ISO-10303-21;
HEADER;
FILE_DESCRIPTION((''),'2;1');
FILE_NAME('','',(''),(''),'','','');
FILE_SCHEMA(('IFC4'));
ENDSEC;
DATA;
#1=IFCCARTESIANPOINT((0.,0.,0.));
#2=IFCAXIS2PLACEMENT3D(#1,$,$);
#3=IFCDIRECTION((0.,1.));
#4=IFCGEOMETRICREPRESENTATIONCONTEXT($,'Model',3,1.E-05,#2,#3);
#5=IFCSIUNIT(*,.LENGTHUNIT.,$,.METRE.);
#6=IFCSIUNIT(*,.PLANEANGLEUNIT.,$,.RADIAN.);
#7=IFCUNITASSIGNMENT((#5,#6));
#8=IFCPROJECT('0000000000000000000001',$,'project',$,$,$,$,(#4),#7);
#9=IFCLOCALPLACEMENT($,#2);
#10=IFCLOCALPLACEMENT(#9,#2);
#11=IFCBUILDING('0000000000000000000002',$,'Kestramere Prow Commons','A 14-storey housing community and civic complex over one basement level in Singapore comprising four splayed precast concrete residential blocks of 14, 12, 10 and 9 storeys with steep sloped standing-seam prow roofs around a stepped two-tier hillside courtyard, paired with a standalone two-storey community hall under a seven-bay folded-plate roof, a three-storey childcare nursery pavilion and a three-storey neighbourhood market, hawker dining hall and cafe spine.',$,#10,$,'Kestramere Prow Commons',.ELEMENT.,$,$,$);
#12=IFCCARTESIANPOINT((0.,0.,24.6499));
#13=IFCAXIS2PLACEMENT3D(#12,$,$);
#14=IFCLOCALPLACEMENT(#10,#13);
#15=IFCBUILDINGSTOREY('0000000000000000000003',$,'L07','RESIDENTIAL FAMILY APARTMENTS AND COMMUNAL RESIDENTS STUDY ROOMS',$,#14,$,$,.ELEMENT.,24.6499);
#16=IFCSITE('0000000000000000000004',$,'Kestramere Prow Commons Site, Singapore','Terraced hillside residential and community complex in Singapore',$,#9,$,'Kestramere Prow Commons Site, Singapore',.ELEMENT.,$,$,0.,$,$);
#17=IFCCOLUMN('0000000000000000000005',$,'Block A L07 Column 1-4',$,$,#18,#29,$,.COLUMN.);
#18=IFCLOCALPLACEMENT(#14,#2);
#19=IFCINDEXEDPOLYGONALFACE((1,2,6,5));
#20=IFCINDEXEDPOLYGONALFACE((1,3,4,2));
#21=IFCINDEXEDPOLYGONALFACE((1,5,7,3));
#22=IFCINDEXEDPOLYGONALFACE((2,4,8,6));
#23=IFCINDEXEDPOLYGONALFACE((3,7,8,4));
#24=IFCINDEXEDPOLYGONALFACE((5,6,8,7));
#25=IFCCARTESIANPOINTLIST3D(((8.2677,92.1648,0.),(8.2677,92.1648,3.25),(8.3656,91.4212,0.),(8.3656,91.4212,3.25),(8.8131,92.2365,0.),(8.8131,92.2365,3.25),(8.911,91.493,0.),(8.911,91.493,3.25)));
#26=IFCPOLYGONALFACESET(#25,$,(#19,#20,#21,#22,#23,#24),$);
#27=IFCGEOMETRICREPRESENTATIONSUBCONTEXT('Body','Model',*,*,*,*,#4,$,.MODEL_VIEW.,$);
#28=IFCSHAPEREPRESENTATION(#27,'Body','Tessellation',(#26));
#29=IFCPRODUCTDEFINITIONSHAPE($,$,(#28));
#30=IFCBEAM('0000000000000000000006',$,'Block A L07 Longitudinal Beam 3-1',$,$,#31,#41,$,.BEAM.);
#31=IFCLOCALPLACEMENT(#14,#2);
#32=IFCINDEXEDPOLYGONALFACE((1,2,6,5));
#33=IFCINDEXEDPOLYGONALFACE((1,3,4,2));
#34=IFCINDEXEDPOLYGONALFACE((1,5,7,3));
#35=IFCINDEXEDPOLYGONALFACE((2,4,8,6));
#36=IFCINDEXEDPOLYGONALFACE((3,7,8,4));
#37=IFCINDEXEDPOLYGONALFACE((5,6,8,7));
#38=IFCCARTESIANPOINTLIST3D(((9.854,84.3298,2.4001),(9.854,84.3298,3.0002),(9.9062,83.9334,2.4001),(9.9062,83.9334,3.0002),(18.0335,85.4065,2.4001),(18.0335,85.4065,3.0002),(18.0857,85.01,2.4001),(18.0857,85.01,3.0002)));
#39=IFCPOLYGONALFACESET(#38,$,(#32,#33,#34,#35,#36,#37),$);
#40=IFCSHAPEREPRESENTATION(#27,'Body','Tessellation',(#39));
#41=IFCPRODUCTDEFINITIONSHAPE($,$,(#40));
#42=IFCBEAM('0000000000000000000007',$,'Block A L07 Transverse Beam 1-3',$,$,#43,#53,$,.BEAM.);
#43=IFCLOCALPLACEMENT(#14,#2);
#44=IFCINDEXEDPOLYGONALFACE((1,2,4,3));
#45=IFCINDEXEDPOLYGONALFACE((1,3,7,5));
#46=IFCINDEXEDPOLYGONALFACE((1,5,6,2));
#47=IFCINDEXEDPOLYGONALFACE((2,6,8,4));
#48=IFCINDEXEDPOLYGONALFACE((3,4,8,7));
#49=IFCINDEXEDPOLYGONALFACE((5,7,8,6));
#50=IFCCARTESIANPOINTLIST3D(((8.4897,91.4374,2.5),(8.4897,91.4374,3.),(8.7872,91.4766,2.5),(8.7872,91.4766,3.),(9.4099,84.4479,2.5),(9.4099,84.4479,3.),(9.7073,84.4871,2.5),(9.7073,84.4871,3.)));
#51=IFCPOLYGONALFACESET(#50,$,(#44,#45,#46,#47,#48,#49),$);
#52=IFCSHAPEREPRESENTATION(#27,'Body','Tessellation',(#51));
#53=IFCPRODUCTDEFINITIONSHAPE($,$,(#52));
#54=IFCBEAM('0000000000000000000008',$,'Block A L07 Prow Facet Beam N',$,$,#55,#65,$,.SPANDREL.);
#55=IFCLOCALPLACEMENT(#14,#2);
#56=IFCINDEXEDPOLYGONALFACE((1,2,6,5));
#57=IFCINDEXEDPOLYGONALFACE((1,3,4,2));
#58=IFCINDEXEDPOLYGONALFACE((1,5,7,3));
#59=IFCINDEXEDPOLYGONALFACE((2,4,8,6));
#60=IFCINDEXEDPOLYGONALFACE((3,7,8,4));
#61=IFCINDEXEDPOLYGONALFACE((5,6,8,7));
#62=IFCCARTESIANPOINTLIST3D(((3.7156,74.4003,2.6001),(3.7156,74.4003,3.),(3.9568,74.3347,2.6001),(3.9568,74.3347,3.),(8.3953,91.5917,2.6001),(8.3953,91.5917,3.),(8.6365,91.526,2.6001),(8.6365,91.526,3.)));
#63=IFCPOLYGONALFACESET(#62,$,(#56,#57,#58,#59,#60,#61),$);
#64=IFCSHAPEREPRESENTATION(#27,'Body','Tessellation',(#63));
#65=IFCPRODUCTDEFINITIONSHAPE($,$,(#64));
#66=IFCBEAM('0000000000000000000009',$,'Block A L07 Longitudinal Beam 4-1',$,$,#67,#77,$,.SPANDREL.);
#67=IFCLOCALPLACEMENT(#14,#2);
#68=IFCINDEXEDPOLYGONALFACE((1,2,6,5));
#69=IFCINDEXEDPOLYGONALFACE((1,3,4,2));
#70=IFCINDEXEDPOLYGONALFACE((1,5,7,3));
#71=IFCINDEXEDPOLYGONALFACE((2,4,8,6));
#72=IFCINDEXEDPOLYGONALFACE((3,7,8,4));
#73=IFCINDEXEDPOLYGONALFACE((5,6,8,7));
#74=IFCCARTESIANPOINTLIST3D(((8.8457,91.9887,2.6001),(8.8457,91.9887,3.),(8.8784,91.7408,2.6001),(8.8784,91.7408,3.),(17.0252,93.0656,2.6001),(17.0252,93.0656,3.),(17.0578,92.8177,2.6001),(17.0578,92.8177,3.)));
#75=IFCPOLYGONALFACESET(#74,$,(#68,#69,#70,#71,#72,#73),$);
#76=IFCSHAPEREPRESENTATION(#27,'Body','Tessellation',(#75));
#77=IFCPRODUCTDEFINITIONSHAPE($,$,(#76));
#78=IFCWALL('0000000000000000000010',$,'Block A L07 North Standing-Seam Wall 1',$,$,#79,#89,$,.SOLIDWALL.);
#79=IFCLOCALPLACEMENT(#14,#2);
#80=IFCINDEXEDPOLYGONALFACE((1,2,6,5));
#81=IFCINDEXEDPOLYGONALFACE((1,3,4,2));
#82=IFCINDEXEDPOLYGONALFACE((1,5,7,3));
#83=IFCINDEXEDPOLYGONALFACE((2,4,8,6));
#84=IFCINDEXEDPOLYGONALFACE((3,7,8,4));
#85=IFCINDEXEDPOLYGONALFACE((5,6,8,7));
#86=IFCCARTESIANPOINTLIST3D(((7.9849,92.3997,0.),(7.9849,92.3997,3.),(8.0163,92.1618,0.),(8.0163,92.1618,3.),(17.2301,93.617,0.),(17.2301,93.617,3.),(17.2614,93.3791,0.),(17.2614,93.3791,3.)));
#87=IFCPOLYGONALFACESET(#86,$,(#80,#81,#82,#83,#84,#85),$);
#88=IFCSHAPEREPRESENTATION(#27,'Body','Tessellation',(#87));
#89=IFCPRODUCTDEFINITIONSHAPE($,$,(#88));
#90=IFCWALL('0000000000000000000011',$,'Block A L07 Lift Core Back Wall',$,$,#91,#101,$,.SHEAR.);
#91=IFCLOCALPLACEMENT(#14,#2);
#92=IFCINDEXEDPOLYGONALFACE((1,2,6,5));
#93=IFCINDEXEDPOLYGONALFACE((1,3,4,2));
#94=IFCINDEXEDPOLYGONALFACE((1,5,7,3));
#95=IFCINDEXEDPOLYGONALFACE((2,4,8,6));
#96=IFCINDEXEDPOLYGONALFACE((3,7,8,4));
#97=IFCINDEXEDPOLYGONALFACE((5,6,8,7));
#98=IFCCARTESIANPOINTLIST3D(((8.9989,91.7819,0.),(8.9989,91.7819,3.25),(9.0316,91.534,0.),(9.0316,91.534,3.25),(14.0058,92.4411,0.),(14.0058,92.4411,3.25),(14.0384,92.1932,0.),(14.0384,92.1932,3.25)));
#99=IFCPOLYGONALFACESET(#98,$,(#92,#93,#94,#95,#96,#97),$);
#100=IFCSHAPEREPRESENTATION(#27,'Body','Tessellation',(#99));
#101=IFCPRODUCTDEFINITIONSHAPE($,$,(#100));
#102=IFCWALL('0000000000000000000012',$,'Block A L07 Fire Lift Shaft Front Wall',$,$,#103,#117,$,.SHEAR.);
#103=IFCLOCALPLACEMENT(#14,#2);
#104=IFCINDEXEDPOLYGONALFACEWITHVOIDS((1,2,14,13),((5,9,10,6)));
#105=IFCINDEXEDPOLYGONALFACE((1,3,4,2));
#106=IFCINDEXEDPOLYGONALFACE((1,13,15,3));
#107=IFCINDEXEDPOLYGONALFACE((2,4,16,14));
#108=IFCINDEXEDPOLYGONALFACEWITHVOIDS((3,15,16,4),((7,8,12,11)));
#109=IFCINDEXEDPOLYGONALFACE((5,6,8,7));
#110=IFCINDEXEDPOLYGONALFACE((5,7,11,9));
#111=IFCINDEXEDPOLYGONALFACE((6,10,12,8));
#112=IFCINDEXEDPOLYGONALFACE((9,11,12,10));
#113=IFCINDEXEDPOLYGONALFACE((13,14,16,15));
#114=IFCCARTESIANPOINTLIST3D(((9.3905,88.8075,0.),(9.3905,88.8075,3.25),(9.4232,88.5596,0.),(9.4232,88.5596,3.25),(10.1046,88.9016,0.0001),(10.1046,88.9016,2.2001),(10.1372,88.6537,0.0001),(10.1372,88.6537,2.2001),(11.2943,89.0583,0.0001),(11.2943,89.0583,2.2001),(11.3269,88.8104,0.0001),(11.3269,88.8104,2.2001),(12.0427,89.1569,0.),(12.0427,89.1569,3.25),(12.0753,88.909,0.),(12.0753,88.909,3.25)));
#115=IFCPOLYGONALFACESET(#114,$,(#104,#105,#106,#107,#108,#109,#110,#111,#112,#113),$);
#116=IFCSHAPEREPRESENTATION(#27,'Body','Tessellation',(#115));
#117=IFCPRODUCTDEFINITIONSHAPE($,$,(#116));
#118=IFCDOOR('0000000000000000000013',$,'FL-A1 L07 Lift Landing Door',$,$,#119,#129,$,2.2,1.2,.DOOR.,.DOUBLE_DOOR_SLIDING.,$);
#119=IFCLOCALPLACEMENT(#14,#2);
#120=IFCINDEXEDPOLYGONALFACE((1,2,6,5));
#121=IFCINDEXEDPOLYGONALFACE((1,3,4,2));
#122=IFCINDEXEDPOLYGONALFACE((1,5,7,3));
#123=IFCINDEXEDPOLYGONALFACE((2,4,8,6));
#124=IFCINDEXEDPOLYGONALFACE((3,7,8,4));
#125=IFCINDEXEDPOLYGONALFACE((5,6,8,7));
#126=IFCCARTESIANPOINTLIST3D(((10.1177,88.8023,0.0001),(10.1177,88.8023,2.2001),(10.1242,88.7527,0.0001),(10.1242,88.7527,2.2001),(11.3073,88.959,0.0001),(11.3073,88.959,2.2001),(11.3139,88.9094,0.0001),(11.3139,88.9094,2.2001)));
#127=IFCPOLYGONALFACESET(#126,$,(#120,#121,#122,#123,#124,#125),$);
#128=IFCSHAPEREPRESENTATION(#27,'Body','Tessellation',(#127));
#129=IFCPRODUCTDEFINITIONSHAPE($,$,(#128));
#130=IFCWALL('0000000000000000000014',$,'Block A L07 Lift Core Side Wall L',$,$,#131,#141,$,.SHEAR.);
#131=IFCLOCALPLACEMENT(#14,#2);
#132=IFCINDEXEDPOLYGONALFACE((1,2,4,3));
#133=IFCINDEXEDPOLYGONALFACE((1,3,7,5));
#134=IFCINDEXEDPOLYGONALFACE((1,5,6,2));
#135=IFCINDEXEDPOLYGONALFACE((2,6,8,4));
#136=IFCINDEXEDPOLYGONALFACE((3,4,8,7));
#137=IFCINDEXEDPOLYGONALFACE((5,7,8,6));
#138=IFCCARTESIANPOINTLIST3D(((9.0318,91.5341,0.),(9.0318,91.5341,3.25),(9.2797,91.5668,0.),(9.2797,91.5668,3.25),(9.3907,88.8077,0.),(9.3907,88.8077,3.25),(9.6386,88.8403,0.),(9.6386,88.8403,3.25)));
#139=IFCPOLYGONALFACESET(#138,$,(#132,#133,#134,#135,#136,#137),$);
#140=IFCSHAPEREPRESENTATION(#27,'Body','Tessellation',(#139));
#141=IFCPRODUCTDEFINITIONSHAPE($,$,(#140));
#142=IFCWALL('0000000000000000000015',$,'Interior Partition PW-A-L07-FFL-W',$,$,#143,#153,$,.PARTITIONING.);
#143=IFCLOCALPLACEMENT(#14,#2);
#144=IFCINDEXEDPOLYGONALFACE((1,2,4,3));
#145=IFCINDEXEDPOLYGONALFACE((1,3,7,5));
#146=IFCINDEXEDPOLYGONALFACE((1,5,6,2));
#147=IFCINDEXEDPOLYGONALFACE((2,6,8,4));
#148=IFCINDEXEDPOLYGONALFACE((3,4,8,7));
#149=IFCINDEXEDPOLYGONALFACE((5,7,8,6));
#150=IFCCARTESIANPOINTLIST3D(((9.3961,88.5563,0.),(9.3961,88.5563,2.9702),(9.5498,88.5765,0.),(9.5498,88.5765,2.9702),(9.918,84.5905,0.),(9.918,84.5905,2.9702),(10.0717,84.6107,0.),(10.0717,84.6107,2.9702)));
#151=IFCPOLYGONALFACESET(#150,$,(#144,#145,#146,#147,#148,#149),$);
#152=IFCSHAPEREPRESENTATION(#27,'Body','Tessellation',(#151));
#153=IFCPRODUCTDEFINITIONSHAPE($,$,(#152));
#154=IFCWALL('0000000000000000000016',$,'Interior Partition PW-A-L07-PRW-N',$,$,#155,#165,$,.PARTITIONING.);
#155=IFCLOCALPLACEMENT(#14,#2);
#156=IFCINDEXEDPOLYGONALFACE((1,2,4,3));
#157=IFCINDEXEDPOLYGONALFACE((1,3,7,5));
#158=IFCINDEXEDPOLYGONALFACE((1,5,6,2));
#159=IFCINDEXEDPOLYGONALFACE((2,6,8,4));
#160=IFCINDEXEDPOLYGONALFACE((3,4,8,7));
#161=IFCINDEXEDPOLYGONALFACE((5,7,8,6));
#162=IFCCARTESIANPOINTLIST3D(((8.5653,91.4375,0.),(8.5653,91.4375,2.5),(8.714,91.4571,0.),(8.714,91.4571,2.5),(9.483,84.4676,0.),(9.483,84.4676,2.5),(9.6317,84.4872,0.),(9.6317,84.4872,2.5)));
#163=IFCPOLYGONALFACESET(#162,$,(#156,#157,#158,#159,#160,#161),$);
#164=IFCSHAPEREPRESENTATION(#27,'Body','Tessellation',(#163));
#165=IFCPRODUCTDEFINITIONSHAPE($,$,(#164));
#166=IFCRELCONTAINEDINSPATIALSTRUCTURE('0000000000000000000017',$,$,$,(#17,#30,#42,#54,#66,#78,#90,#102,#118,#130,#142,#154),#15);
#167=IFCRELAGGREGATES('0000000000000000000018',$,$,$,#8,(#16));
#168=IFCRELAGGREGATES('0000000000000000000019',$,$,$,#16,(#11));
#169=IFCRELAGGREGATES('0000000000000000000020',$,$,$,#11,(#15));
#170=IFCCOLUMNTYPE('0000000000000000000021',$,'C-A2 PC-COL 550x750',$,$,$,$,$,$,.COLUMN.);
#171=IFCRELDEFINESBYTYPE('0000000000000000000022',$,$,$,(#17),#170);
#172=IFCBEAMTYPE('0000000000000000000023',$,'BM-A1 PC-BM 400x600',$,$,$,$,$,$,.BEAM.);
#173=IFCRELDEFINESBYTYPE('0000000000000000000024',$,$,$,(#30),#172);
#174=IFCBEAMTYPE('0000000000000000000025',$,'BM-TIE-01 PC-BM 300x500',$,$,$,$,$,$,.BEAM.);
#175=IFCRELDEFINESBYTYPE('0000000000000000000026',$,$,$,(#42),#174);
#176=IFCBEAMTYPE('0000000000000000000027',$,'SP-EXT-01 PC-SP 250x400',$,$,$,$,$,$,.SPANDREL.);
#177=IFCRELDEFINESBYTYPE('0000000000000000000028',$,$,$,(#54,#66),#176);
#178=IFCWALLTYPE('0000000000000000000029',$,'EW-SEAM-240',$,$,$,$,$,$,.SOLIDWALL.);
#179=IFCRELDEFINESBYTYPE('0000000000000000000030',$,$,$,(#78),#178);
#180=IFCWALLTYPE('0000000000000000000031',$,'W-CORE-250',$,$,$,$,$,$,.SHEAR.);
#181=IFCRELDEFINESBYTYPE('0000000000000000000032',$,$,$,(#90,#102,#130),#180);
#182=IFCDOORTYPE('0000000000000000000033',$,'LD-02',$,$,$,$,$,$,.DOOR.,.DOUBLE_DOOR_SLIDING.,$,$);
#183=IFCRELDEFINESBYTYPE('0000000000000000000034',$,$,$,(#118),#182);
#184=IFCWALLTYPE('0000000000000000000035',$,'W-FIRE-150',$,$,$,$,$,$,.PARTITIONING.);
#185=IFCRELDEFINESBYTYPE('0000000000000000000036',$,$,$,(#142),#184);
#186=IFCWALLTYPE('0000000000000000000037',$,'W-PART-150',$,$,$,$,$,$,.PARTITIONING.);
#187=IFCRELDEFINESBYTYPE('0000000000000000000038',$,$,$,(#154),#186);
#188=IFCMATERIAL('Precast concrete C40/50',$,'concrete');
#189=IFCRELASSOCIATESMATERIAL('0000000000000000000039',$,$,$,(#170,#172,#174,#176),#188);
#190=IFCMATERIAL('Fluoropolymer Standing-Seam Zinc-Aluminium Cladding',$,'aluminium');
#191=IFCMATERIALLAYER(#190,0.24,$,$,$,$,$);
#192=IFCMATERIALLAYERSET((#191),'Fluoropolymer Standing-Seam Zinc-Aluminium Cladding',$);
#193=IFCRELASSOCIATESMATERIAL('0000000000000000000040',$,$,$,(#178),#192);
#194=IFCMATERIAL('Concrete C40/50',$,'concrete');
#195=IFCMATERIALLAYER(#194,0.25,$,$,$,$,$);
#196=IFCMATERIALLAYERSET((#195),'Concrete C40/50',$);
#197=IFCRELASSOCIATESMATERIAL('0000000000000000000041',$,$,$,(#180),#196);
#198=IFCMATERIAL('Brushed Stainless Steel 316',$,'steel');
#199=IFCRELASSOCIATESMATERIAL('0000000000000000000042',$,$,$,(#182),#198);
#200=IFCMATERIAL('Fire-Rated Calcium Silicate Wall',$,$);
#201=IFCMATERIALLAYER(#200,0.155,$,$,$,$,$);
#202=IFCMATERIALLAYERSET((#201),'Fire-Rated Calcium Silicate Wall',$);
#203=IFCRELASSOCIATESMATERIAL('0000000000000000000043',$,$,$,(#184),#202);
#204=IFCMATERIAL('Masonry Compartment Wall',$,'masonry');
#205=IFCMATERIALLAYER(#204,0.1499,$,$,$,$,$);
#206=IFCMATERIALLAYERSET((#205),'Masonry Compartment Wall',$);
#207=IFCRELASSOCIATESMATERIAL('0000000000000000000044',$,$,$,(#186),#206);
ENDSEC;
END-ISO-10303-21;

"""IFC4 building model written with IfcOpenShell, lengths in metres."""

from ifc_helpers import new_model, si_unit, direction, frame, frame_2d, origin, origin_2d, place, context, subcontext, project, spatial, rectangle, extrude, material, layer, layer_set, material_profile, profile_set, type_object, element, fill, save


model = new_model("IFC4")

# Units and contexts
model_context = context("Model", 3, precision=1e-05, world=origin(), true_north=direction((0.0, 1.0)))
body_context = subcontext(model_context, "Body", "Model", "MODEL_VIEW")
ifc_project = project(units=[si_unit("LENGTHUNIT", "METRE"), si_unit("PLANEANGLEUNIT", "RADIAN")], contexts=[model_context])

# Site, building, storey
site_placement = place(None, origin())
site = spatial("IfcSite", under=ifc_project, at=site_placement, Name="Kestramere Prow Commons Site, Singapore", Description="Terraced hillside residential and community complex in Singapore", LongName="Kestramere Prow Commons Site, Singapore", CompositionType="ELEMENT", RefElevation=0.0)
building_placement = place(site_placement, origin())
building = spatial("IfcBuilding", under=site, at=building_placement, Name="Kestramere Prow Commons", Description="A 14-storey housing community and civic complex over one basement level in Singapore comprising four splayed precast concrete residential blocks of 14, 12, 10 and 9 storeys with steep sloped standing-seam prow roofs around a stepped two-tier hillside courtyard, paired with a standalone two-storey community hall under a seven-bay folded-plate roof, a three-storey childcare nursery pavilion and a three-storey neighbourhood market, hawker dining hall and cafe spine.", LongName="Kestramere Prow Commons", CompositionType="ELEMENT")
storey_placement = place(building_placement, frame((0.0, 0.0, 24.6499)))
storey = spatial("IfcBuildingStorey", under=building, at=storey_placement, Name="L07", Description="RESIDENTIAL FAMILY APARTMENTS AND COMMUNAL RESIDENTS STUDY ROOMS", CompositionType="ELEMENT", Elevation=24.6499)

# Column
ifc_material_1 = material(Name="Precast concrete C40/50", Category="concrete")
ifc_material_profile_1 = material_profile(ifc_material_1, rectangle(XDim=0.55, YDim=0.75, at=origin_2d()), Name="PC-COL 550x750")
ifc_profile_set_1 = profile_set([ifc_material_profile_1], Name="Precast concrete C40/50")
column_type = type_object("IfcColumnType", Name="C-A2 PC-COL 550x750", PredefinedType="COLUMN", material=ifc_profile_set_1)
column_placement = place(storey_placement, frame((8.5894, 91.8289, 0.0), z_axis=(0.0, 0.0, 1.0), x_axis=(0.991445, 0.130526, 0.0)))
element("IfcColumn", 1, at=column_placement, inside=storey, type_object=column_type, Name="Block A L07 Column 1-4", PredefinedType="COLUMN", context=body_context, shape_type="SweptSolid", body=[
    extrude(rectangle(XDim=0.55, YDim=0.75, at=origin_2d()), origin(), (0.0, 0.0, 1.0), 3.25),
])

# Beams
ifc_material_profile_2 = material_profile(ifc_material_1, rectangle(XDim=0.3999, YDim=0.6001, at=origin_2d()), Name="PC-BM 400x600")
ifc_profile_set_2 = profile_set([ifc_material_profile_2], Name="Precast concrete C40/50")
beam_type_1 = type_object("IfcBeamType", Name="BM-A1 PC-BM 400x600", PredefinedType="BEAM", material=ifc_profile_set_2)
beam_1_placement = place(storey_placement, frame((9.8801, 84.1316, 2.7002), z_axis=(0.991448, 0.130504, 0.0), x_axis=(-0.130504, 0.991448, 0.0)))
element("IfcBeam", 2, at=beam_1_placement, inside=storey, type_object=beam_type_1, Name="Block A L07 Longitudinal Beam 3-1", PredefinedType="BEAM", context=body_context, shape_type="SweptSolid", body=[
    extrude(rectangle(XDim=0.3999, YDim=0.6001, at=origin_2d()), origin(), (0.0, 0.0, 1.0), 8.25),
])
ifc_material_profile_3 = material_profile(ifc_material_1, rectangle(XDim=0.3, YDim=0.5, at=origin_2d()), Name="PC-BM 300x500")
ifc_profile_set_3 = profile_set([ifc_material_profile_3], Name="Precast concrete C40/50")
beam_type_2 = type_object("IfcBeamType", Name="BM-TIE-01 PC-BM 300x500", PredefinedType="BEAM", material=ifc_profile_set_3)
beam_2_placement = place(storey_placement, frame((9.5586, 84.4675, 2.75), z_axis=(-0.130523, 0.991445, 0.0), x_axis=(-0.991445, -0.130523, 0.0)))
element("IfcBeam", 3, at=beam_2_placement, inside=storey, type_object=beam_type_2, Name="Block A L07 Transverse Beam 1-3", PredefinedType="BEAM", context=body_context, shape_type="SweptSolid", body=[
    extrude(rectangle(XDim=0.3, YDim=0.5, at=origin_2d()), origin(), (0.0, 0.0, 1.0), 7.0498),
])
ifc_material_profile_4 = material_profile(ifc_material_1, rectangle(XDim=0.25, YDim=0.3999, at=origin_2d()), Name="PC-SP 250x400")
ifc_profile_set_4 = profile_set([ifc_material_profile_4], Name="Precast concrete C40/50")
beam_type_3 = type_object("IfcBeamType", Name="SP-EXT-01 PC-SP 250x400", PredefinedType="SPANDREL", material=ifc_profile_set_4)
beam_3_placement = place(storey_placement, frame((8.5159, 91.5588, 2.8), z_axis=(-0.262654, -0.96489, 0.0), x_axis=(0.96489, -0.262654, 0.0)))
element("IfcBeam", 4, at=beam_3_placement, inside=storey, type_object=beam_type_3, Name="Block A L07 Prow Facet Beam N", PredefinedType="SPANDREL", context=body_context, shape_type="SweptSolid", body=[
    extrude(rectangle(XDim=0.25, YDim=0.3999, at=origin_2d()), origin(), (0.0, 0.0, 1.0), 17.8169),
])
beam_4_placement = place(storey_placement, frame((8.8621, 91.8647, 2.8), z_axis=(0.991444, 0.130533, 0.0), x_axis=(-0.130533, 0.991444, 0.0)))
element("IfcBeam", 5, at=beam_4_placement, inside=storey, type_object=beam_type_3, Name="Block A L07 Longitudinal Beam 4-1", PredefinedType="SPANDREL", context=body_context, shape_type="SweptSolid", body=[
    extrude(rectangle(XDim=0.25, YDim=0.3999, at=origin_2d()), origin(), (0.0, 0.0, 1.0), 8.25),
])

# Walls
ifc_material_2 = material(Name="Fluoropolymer Standing-Seam Zinc-Aluminium Cladding", Category="aluminium")
ifc_layer_1 = layer(ifc_material_2, 0.24)
ifc_layer_set_1 = layer_set([ifc_layer_1], Name="Fluoropolymer Standing-Seam Zinc-Aluminium Cladding")
wall_type_1 = type_object("IfcWallType", Name="EW-SEAM-240", PredefinedType="SOLIDWALL", material=ifc_layer_set_1)
wall_1_placement = place(storey_placement, frame((8.0005, 92.2808, 0.0), z_axis=(0.0, 0.0, 1.0), x_axis=(0.991443, 0.130541, 0.0)))
element("IfcWall", 6, at=wall_1_placement, inside=storey, type_object=wall_type_1, Name="Block A L07 North Standing-Seam Wall 1", PredefinedType="SOLIDWALL", context=body_context, shape_type="SweptSolid", body=[
    extrude(rectangle(XDim=9.325, YDim=0.24, at=frame_2d((4.6626, 0.0))), origin(), (0.0, 0.0, 1.0), 3.0),
])
ifc_material_3 = material(Name="Concrete C40/50", Category="concrete")
ifc_layer_2 = layer(ifc_material_3, 0.25)
ifc_layer_set_2 = layer_set([ifc_layer_2], Name="Concrete C40/50")
wall_type_2 = type_object("IfcWallType", Name="W-CORE-250", PredefinedType="SHEAR", material=ifc_layer_set_2)
wall_2_placement = place(storey_placement, frame((9.0154, 91.658, 0.0), z_axis=(0.0, 0.0, 1.0), x_axis=(0.991444, 0.13053, 0.0)))
element("IfcWall", 7, at=wall_2_placement, inside=storey, type_object=wall_type_2, Name="Block A L07 Lift Core Back Wall", PredefinedType="SHEAR", context=body_context, shape_type="SweptSolid", body=[
    extrude(rectangle(XDim=5.05, YDim=0.25, at=frame_2d((2.5249, 0.0))), origin(), (0.0, 0.0, 1.0), 3.25),
])

# Wall, opening, door
wall_3_placement = place(storey_placement, frame((9.407, 88.6836, 0.0), z_axis=(0.0, 0.0, 1.0), x_axis=(0.991435, 0.130603, 0.0)))
wall_3 = element("IfcWall", 8, at=wall_3_placement, inside=storey, type_object=wall_type_2, Name="Block A L07 Fire Lift Shaft Front Wall", PredefinedType="SHEAR", context=body_context, shape_type="SweptSolid", body=[
    extrude(rectangle(XDim=2.675, YDim=0.25, at=frame_2d((1.3374, 0.0))), origin(), (0.0, 0.0, 1.0), 3.25),
])
opening_1_placement = place(wall_3_placement, frame((0.72, 0.0, 0.0)))
opening_1 = element("IfcOpeningElement", 9, at=opening_1_placement, cuts=wall_3, PredefinedType="OPENING", context=body_context, shape_type="SweptSolid", body=[
    extrude(rectangle(XDim=1.2, YDim=2.2, at=frame_2d((0.6001, 1.1001))), frame((0.0, 0.1399, 0.0), z_axis=(0.0, -1.0, 0.0), x_axis=(1.0, 0.0, 0.0)), (0.0, 0.0, 1.0), 0.28),
])
ifc_material_4 = material(Name="Brushed Stainless Steel 316", Category="steel")
door_type_1 = type_object("IfcDoorType", Name="LD-02", OperationType="DOUBLE_DOOR_SLIDING", PredefinedType="DOOR", material=ifc_material_4)
door_1_placement = place(opening_1_placement, origin())
door_1 = element("IfcDoor", 10, at=door_1_placement, inside=storey, type_object=door_type_1, Name="FL-A1 L07 Lift Landing Door", OperationType="DOUBLE_DOOR_SLIDING", OverallHeight=2.2, OverallWidth=1.2, PredefinedType="DOOR", context=body_context, shape_type="SweptSolid", body=[
    extrude(rectangle(XDim=1.2, YDim=2.2, at=frame_2d((0.6001, 1.1001))), frame((0.0, 0.0249, 0.0), z_axis=(0.0, -1.0, 0.0), x_axis=(1.0, 0.0, 0.0)), (0.0, 0.0, 1.0), 0.05),
])
fill(opening_1, door_1)

# Wall
wall_4_placement = place(storey_placement, frame((9.5146, 88.824, 0.0), z_axis=(0.0, 0.0, 1.0), x_axis=(-0.1305, 0.991448, 0.0)))
element("IfcWall", 11, at=wall_4_placement, inside=storey, type_object=wall_type_2, Name="Block A L07 Lift Core Side Wall L", PredefinedType="SHEAR", context=body_context, shape_type="SweptSolid", body=[
    extrude(rectangle(XDim=2.75, YDim=0.25, at=frame_2d((1.375, 0.0))), origin(), (0.0, 0.0, 1.0), 3.25),
])

# Shared definitions
ifc_material_5 = material(Name="Fire-Rated Calcium Silicate Wall")
ifc_layer_3 = layer(ifc_material_5, 0.155)
ifc_layer_set_3 = layer_set([ifc_layer_3], Name="Fire-Rated Calcium Silicate Wall")
wall_type_3 = type_object("IfcWallType", Name="W-FIRE-150", PredefinedType="PARTITIONING", material=ifc_layer_set_3)

# Walls
wall_5_placement = place(storey_placement, frame((9.9949, 84.6006, 0.0), z_axis=(0.0, 0.0, 1.0), x_axis=(-0.130492, 0.991449, 0.0)))
element("IfcWall", 12, at=wall_5_placement, inside=storey, type_object=wall_type_3, Name="Interior Partition PW-A-L07-FFL-W", PredefinedType="PARTITIONING", context=body_context, shape_type="SweptSolid", body=[
    extrude(rectangle(XDim=4.0, YDim=0.155, at=frame_2d((2.0, 0.0))), origin(), (0.0, 0.0, 1.0), 2.9702),
])
ifc_material_6 = material(Name="Masonry Compartment Wall", Category="masonry")
ifc_layer_4 = layer(ifc_material_6, 0.1499)
ifc_layer_set_4 = layer_set([ifc_layer_4], Name="Masonry Compartment Wall")
wall_type_4 = type_object("IfcWallType", Name="W-PART-150", PredefinedType="PARTITIONING", material=ifc_layer_set_4)
wall_6_placement = place(storey_placement, frame((9.5574, 84.4773, 0.0), z_axis=(0.0, 0.0, 1.0), x_axis=(-0.130542, 0.991443, 0.0)))
element("IfcWall", 13, at=wall_6_placement, inside=storey, type_object=wall_type_4, Name="Interior Partition PW-A-L07-PRW-N", PredefinedType="PARTITIONING", context=body_context, shape_type="SweptSolid", body=[
    extrude(rectangle(XDim=7.03, YDim=0.1499, at=frame_2d((3.5151, 0.0))), origin(), (0.0, 0.0, 1.0), 2.5),
])

save(model, "model.ifc")
